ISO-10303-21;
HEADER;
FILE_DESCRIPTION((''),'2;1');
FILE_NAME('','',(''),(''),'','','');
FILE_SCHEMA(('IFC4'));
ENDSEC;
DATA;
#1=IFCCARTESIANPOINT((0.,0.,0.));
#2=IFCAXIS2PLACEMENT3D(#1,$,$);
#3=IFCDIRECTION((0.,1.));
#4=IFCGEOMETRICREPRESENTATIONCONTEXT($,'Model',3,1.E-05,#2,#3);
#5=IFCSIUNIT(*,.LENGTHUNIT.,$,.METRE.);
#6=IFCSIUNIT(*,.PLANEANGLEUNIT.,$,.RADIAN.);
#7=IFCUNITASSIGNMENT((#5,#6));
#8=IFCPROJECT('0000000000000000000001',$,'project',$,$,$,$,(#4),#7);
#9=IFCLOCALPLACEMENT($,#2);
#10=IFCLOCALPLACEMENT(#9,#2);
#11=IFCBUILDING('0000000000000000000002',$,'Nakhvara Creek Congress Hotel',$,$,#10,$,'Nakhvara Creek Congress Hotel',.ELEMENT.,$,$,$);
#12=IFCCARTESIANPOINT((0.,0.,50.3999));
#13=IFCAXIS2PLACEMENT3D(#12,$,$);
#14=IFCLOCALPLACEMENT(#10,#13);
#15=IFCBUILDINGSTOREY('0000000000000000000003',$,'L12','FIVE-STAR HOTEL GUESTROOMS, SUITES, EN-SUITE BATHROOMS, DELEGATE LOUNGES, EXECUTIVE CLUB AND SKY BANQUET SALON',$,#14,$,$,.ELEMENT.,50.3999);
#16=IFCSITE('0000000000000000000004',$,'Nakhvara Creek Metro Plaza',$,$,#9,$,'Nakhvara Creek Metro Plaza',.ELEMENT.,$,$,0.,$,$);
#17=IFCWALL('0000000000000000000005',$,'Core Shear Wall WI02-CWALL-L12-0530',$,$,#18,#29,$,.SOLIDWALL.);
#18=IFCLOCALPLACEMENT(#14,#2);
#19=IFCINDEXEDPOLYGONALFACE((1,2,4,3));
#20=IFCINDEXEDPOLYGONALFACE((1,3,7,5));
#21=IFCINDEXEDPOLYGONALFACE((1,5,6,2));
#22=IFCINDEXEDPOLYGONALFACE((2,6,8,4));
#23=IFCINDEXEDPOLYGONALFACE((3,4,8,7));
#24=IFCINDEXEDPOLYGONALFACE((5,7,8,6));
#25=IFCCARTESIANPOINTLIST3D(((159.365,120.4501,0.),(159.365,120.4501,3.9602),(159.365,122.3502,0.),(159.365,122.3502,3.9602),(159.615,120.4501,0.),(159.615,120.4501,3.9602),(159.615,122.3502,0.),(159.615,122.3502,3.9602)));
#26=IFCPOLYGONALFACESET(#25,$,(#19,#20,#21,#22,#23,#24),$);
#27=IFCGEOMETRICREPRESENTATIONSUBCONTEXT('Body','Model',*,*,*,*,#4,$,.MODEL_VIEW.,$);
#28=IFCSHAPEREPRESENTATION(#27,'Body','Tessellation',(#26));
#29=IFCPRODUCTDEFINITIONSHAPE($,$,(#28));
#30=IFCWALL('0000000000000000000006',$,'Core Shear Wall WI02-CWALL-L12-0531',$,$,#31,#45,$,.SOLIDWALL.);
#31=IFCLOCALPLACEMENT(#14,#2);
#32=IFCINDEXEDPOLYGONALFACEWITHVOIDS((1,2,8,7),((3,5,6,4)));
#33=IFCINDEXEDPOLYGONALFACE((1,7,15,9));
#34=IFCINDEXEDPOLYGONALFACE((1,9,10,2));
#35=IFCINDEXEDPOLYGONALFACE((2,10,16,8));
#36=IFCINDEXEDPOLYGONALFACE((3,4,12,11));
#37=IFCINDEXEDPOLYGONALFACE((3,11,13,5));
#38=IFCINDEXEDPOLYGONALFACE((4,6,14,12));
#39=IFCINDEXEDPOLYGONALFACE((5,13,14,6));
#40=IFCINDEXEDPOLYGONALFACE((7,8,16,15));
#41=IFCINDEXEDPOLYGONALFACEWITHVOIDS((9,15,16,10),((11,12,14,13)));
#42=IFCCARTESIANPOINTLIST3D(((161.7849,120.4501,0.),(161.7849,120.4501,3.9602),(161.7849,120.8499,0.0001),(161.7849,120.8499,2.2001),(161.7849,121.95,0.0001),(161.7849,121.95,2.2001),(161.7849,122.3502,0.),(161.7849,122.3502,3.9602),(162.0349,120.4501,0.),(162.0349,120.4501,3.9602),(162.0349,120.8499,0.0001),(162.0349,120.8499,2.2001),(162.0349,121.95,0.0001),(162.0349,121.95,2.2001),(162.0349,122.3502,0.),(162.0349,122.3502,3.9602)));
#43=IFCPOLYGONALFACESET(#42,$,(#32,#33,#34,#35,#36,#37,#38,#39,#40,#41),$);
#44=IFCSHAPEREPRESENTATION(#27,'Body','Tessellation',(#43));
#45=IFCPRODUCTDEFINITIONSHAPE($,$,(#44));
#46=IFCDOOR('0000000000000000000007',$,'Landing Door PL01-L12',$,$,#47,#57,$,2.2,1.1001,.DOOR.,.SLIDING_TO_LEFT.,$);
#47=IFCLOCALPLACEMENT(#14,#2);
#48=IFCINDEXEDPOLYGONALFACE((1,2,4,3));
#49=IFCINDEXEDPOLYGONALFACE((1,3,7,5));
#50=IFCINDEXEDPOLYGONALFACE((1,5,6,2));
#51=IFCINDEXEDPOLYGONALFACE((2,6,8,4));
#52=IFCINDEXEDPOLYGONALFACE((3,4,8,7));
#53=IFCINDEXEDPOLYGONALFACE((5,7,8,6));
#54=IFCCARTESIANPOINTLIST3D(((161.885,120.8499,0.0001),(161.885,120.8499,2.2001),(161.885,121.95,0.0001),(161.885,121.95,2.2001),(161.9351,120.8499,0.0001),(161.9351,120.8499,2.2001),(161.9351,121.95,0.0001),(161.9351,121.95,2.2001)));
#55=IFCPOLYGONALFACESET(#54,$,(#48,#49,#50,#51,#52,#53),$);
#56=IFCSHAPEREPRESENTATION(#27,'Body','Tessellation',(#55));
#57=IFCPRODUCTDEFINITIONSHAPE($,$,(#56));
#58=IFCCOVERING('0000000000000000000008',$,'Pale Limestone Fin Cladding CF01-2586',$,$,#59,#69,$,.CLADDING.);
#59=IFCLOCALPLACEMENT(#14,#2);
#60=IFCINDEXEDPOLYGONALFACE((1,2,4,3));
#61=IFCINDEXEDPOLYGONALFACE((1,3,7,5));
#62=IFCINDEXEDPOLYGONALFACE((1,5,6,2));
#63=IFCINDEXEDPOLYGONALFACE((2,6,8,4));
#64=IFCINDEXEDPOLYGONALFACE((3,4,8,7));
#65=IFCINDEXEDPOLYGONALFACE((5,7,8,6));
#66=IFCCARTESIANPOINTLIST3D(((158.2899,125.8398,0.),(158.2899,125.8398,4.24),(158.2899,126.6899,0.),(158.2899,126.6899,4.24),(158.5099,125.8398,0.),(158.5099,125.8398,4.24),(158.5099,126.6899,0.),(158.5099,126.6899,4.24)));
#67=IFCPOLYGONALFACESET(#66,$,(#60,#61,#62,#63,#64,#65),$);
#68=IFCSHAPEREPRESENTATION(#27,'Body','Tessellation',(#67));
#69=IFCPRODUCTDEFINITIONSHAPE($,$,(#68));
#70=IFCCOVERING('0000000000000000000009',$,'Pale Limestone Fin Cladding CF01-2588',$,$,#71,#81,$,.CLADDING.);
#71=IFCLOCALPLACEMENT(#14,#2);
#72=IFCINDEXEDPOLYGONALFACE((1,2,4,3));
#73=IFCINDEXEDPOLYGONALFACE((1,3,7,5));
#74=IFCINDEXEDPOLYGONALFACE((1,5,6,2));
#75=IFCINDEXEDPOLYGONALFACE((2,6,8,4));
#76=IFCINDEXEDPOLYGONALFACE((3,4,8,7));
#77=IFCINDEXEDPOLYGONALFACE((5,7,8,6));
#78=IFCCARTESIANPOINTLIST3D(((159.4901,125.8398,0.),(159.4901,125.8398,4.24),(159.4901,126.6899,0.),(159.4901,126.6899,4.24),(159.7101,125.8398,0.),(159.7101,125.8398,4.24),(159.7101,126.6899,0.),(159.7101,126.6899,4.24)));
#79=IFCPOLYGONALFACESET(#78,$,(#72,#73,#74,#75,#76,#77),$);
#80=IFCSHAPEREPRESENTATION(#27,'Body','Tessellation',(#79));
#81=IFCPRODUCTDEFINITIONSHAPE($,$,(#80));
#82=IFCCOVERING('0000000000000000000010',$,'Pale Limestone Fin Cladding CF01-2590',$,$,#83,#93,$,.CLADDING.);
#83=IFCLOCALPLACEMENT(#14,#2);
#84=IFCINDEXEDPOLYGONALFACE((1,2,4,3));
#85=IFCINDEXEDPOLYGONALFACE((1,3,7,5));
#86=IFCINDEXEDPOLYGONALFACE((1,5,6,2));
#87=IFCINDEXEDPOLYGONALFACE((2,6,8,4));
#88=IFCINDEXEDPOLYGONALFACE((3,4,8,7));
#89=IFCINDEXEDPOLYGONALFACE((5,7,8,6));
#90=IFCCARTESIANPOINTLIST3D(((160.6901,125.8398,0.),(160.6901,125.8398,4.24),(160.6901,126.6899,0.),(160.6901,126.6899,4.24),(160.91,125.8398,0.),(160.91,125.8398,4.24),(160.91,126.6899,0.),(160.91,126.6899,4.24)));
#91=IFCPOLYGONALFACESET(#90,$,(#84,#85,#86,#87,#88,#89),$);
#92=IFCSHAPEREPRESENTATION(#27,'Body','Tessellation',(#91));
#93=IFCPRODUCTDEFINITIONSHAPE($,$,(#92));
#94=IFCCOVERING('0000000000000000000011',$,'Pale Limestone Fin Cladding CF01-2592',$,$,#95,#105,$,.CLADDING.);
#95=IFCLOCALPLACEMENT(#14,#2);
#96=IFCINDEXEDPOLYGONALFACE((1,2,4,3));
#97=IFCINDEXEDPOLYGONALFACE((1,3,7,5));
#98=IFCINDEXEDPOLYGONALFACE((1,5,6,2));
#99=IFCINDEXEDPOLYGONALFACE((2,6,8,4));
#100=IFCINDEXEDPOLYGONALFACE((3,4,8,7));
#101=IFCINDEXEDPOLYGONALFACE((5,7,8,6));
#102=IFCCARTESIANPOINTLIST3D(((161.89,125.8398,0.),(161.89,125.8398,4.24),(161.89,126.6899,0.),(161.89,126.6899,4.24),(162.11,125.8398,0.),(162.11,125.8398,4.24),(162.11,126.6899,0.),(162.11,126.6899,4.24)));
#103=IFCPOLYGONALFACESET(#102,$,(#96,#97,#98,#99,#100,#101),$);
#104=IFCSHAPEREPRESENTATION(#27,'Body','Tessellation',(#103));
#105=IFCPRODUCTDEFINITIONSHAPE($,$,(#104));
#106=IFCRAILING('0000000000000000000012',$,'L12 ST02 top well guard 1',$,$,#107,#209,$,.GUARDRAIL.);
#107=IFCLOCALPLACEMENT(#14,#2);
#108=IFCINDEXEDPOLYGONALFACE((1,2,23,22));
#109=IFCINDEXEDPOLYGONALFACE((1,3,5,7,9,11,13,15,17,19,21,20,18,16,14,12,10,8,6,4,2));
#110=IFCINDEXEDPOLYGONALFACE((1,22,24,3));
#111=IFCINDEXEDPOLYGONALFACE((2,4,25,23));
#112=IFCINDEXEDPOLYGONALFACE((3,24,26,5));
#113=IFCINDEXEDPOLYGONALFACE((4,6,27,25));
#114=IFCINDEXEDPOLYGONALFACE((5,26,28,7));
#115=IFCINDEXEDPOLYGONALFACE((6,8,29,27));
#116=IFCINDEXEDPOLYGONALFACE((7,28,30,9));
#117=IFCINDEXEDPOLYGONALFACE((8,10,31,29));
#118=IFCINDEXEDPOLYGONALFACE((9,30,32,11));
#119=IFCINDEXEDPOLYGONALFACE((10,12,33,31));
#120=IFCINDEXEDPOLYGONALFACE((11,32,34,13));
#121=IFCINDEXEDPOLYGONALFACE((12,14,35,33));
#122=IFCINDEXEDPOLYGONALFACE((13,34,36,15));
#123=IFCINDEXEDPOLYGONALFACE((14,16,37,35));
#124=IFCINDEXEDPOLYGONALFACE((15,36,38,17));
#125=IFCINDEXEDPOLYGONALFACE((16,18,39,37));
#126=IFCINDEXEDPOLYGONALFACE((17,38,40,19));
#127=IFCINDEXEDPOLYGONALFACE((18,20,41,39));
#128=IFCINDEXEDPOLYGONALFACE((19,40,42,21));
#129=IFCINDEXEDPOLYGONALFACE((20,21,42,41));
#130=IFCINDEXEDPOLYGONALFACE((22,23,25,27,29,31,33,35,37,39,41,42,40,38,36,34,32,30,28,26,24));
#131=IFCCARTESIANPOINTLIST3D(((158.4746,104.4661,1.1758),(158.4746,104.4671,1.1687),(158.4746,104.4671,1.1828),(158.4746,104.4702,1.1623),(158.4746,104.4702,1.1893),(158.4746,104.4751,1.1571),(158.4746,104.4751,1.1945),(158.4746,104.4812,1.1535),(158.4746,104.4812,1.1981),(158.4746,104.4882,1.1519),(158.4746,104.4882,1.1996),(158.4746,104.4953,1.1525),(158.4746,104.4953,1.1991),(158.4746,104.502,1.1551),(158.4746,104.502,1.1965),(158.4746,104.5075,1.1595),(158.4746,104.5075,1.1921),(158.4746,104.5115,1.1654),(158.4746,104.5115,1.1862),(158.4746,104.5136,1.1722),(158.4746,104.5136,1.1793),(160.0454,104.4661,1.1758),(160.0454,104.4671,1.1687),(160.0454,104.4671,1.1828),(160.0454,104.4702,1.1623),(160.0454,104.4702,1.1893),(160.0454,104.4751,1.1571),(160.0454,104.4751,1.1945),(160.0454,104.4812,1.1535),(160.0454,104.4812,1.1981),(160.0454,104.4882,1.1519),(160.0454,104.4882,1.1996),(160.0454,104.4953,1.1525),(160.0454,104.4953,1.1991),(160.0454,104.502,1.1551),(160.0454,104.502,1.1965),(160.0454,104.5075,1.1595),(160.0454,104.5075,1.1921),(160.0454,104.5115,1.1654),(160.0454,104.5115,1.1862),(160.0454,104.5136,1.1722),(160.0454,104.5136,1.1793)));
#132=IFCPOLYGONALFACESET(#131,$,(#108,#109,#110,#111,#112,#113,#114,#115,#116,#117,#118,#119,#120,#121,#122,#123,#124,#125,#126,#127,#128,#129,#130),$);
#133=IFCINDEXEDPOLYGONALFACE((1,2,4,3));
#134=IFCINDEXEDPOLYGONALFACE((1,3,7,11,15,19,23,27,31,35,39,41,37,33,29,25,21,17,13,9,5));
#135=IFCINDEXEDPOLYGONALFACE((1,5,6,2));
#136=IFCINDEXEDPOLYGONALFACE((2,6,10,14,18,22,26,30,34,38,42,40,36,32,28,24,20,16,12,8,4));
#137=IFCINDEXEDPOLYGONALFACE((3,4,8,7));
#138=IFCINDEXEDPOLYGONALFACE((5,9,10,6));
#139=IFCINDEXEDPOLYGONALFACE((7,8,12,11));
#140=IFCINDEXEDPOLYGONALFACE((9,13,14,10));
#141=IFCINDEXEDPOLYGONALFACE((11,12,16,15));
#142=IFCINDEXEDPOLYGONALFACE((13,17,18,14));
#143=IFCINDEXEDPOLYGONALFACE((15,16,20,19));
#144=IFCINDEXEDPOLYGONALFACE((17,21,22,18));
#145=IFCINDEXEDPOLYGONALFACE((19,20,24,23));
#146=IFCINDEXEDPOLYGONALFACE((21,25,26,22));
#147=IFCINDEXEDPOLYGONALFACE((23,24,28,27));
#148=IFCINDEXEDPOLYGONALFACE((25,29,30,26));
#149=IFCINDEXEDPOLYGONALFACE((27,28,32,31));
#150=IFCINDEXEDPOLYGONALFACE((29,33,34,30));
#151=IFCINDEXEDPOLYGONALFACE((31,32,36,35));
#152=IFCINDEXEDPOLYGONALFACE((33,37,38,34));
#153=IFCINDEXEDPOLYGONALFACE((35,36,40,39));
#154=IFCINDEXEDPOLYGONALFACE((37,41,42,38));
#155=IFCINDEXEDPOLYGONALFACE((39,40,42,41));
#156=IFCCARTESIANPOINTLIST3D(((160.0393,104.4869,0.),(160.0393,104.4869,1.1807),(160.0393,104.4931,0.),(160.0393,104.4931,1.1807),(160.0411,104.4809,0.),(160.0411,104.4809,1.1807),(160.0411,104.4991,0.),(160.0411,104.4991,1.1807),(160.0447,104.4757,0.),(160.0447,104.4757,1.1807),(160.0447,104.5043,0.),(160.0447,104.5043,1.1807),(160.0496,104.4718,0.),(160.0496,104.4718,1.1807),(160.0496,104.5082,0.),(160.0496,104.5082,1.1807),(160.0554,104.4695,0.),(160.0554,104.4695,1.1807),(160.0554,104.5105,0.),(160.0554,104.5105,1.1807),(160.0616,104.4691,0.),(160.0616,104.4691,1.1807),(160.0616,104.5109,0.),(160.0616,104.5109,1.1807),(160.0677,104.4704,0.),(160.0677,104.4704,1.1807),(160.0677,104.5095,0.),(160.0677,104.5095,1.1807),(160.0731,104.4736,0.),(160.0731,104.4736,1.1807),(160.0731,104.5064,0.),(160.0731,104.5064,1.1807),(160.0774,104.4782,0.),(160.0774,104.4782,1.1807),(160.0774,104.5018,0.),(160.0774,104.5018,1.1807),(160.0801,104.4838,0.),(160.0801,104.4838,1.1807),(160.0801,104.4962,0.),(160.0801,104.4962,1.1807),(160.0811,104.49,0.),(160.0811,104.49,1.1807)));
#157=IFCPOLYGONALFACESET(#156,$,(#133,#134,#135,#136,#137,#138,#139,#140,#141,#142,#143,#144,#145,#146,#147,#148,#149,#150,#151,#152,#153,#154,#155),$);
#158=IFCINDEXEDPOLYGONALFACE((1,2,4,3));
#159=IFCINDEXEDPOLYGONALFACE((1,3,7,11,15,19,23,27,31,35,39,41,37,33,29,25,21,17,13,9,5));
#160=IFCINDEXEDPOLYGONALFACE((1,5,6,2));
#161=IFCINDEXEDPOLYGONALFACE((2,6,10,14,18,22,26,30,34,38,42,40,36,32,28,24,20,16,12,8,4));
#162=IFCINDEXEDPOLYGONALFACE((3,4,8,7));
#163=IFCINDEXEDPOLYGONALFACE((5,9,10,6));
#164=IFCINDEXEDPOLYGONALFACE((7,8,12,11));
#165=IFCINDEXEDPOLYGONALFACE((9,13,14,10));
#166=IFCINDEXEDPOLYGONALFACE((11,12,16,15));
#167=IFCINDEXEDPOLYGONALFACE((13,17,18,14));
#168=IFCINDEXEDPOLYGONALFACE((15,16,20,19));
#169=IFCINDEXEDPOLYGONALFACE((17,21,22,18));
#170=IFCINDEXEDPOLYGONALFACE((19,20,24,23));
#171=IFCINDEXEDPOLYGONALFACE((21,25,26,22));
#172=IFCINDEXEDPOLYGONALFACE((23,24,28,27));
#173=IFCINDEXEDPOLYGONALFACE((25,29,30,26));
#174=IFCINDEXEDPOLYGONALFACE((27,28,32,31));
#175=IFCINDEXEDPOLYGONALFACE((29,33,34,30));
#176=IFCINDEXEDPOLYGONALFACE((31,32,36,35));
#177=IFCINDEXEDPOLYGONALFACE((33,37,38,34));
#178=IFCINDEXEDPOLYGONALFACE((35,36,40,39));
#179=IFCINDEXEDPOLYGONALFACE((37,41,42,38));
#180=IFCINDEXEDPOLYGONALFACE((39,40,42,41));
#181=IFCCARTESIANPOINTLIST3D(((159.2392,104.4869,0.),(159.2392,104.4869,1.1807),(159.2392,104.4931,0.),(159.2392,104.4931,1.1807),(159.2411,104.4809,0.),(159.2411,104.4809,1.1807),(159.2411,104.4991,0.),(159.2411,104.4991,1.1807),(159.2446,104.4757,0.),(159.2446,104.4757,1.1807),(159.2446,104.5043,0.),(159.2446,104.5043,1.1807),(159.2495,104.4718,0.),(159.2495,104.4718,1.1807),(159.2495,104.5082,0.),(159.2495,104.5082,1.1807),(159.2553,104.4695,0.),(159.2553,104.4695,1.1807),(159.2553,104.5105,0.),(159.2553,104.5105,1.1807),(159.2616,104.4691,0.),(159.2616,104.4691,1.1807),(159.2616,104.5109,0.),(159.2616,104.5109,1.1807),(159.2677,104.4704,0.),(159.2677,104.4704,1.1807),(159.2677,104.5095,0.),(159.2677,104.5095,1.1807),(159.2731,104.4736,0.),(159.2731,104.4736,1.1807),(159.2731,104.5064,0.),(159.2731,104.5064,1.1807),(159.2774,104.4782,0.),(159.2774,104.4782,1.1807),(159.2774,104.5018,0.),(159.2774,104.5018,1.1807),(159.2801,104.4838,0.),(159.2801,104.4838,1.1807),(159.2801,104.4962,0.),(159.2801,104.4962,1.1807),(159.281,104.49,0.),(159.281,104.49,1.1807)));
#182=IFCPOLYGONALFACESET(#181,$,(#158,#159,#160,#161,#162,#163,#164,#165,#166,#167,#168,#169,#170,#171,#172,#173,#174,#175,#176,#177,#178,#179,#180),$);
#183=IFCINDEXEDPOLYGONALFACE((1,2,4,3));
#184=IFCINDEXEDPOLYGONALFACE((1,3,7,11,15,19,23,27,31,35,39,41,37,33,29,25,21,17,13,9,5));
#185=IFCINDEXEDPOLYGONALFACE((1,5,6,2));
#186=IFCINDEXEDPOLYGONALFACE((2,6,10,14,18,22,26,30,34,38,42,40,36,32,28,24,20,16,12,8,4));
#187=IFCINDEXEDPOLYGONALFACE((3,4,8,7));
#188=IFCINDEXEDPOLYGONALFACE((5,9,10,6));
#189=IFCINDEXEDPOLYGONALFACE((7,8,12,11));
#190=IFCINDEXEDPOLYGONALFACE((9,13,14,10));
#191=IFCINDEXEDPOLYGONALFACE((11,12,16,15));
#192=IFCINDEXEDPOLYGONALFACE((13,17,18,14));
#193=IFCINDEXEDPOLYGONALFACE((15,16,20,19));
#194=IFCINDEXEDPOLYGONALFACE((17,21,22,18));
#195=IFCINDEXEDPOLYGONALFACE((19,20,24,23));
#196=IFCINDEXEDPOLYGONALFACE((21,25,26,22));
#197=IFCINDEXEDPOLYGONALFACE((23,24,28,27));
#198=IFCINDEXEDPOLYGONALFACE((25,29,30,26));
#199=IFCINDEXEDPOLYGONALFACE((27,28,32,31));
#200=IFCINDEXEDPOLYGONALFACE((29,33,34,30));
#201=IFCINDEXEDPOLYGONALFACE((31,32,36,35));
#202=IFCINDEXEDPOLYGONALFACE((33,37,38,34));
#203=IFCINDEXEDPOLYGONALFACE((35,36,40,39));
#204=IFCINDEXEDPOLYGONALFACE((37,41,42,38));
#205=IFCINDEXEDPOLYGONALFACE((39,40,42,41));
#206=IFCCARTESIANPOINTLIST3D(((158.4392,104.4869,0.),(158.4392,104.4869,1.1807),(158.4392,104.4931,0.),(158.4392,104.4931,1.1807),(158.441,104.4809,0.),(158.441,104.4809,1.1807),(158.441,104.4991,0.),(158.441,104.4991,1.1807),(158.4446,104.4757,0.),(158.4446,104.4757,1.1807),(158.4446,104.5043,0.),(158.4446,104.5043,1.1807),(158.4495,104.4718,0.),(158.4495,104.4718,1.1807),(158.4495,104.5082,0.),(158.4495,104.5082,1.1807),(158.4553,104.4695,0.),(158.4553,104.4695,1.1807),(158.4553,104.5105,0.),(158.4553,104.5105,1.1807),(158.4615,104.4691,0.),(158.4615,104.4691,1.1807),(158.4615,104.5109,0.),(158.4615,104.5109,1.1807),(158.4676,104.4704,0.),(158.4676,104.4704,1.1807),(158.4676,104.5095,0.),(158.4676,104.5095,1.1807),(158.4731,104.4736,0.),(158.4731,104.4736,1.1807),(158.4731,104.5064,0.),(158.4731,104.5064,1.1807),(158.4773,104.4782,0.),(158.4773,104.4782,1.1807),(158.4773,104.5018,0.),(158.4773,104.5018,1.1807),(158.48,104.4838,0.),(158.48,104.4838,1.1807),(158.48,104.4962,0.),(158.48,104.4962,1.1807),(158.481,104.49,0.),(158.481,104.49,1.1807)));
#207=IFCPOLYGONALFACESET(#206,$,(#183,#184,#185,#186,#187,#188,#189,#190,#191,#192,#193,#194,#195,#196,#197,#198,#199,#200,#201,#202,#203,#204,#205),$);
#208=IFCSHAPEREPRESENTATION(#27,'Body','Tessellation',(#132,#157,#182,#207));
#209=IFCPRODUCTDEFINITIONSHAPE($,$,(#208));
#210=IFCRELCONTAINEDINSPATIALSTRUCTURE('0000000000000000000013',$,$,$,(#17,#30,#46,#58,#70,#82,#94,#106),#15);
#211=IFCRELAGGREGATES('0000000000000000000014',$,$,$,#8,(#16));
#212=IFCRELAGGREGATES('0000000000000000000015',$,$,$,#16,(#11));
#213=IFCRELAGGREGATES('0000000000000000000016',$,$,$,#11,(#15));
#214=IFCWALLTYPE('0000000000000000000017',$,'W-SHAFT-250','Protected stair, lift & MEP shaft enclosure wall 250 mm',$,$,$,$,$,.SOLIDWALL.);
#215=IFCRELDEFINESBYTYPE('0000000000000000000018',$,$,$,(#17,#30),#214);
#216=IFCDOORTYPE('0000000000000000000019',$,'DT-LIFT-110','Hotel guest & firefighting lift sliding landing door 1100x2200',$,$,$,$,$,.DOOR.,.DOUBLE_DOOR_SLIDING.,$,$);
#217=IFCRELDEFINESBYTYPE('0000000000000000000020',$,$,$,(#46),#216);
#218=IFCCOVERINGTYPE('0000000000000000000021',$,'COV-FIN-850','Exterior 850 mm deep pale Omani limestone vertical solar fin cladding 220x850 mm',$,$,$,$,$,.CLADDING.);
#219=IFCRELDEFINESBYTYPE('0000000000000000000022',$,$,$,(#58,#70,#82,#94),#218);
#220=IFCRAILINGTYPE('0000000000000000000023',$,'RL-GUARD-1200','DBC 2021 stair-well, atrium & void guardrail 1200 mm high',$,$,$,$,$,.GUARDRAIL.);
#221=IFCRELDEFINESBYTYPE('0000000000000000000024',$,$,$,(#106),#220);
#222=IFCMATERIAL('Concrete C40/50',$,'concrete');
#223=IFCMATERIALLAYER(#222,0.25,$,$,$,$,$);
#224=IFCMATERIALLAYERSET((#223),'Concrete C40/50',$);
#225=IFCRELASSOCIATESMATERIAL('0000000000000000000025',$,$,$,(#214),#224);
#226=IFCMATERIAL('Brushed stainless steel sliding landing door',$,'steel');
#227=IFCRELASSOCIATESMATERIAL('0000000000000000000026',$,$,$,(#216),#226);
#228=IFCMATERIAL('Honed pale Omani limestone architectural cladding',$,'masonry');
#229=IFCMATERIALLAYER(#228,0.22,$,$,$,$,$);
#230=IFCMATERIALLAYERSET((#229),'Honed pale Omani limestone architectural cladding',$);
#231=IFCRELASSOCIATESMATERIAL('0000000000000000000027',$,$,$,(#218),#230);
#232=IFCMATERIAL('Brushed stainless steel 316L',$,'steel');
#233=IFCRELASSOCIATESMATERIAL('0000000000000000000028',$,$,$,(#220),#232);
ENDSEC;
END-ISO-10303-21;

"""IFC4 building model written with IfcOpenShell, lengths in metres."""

from ifc_helpers import new_model, si_unit, direction, frame, frame_2d, origin, origin_2d, place, context, subcontext, project, spatial, rectangle, circle, extrude, material, layer, layer_set, type_object, element, fill, save


model = new_model("IFC4")

# Units and contexts
model_context = context("Model", 3, precision=1e-05, world=origin(), true_north=direction((0.0, 1.0)))
body_context = subcontext(model_context, "Body", "Model", "MODEL_VIEW")
ifc_project = project(units=[si_unit("LENGTHUNIT", "METRE"), si_unit("PLANEANGLEUNIT", "RADIAN")], contexts=[model_context])

# Site, building, storey
site_placement = place(None, origin())
site = spatial("IfcSite", under=ifc_project, at=site_placement, Name="Nakhvara Creek Metro Plaza", LongName="Nakhvara Creek Metro Plaza", CompositionType="ELEMENT", RefElevation=0.0)
building_placement = place(site_placement, origin())
building = spatial("IfcBuilding", under=site, at=building_placement, Name="Nakhvara Creek Congress Hotel", LongName="Nakhvara Creek Congress Hotel", CompositionType="ELEMENT")
storey_placement = place(building_placement, frame((0.0, 0.0, 50.3999)))
storey = spatial("IfcBuildingStorey", under=building, at=storey_placement, Name="L12", Description="FIVE-STAR HOTEL GUESTROOMS, SUITES, EN-SUITE BATHROOMS, DELEGATE LOUNGES, EXECUTIVE CLUB AND SKY BANQUET SALON", CompositionType="ELEMENT", Elevation=50.3999)

# Shared definitions
ifc_material_1 = material(Name="Concrete C40/50", Category="concrete")

# Wall
ifc_layer_1 = layer(ifc_material_1, 0.25)
ifc_layer_set_1 = layer_set([ifc_layer_1], Name="Concrete C40/50")
wall_type_1 = type_object("IfcWallType", Name="W-SHAFT-250", Description="Protected stair, lift & MEP shaft enclosure wall 250 mm", PredefinedType="SOLIDWALL", material=ifc_layer_set_1)
wall_1_placement = place(storey_placement, frame((159.49, 120.45, 0.0), z_axis=(0.0, 0.0, 1.0), x_axis=(0.0, 1.0, 0.0)))
element("IfcWall", 1, at=wall_1_placement, inside=storey, type_object=wall_type_1, Name="Core Shear Wall WI02-CWALL-L12-0530", PredefinedType="SOLIDWALL", context=body_context, shape_type="SweptSolid", body=[
    extrude(rectangle(XDim=1.9001, YDim=0.25, at=frame_2d((0.9502, 0.0))), origin(), (0.0, 0.0, 1.0), 3.9602),
])

# Wall, opening, door
wall_2_placement = place(storey_placement, frame((161.9099, 120.45, 0.0), z_axis=(0.0, 0.0, 1.0), x_axis=(0.0, 1.0, 0.0)))
wall_2 = element("IfcWall", 2, at=wall_2_placement, inside=storey, type_object=wall_type_1, Name="Core Shear Wall WI02-CWALL-L12-0531", PredefinedType="SOLIDWALL", context=body_context, shape_type="SweptSolid", body=[
    extrude(rectangle(XDim=1.9001, YDim=0.25, at=frame_2d((0.9502, 0.0))), origin(), (0.0, 0.0, 1.0), 3.9602),
])
opening_1_placement = place(wall_2_placement, frame((0.3999, 0.0, 0.0)))
opening_1 = element("IfcOpeningElement", 3, at=opening_1_placement, cuts=wall_2, PredefinedType="OPENING", context=body_context, shape_type="SweptSolid", body=[
    extrude(rectangle(XDim=1.1001, YDim=2.2, at=frame_2d((0.55, 1.1001))), frame((0.0, 0.137, 0.0), z_axis=(0.0, -1.0, 0.0), x_axis=(1.0, 0.0, 0.0)), (0.0, 0.0, 1.0), 0.2739),
])
ifc_material_2 = material(Name="Brushed stainless steel sliding landing door", Category="steel")
door_type_1 = type_object("IfcDoorType", Name="DT-LIFT-110", Description="Hotel guest & firefighting lift sliding landing door 1100x2200", OperationType="DOUBLE_DOOR_SLIDING", PredefinedType="DOOR", material=ifc_material_2)
door_1_placement = place(opening_1_placement, origin())
door_1 = element("IfcDoor", 4, at=door_1_placement, inside=storey, type_object=door_type_1, Name="Landing Door PL01-L12", OperationType="SLIDING_TO_LEFT", OverallHeight=2.2, OverallWidth=1.1001, PredefinedType="DOOR", context=body_context, shape_type="SweptSolid", body=[
    extrude(rectangle(XDim=1.1001, YDim=2.2, at=frame_2d((0.55, 1.1001))), frame((0.0, 0.0249, 0.0), z_axis=(0.0, -1.0, 0.0), x_axis=(1.0, 0.0, 0.0)), (0.0, 0.0, 1.0), 0.05),
])
fill(opening_1, door_1)

# Coverings
ifc_material_3 = material(Name="Honed pale Omani limestone architectural cladding", Category="masonry")
ifc_layer_2 = layer(ifc_material_3, 0.22)
ifc_layer_set_2 = layer_set([ifc_layer_2], Name="Honed pale Omani limestone architectural cladding")
covering_type = type_object("IfcCoveringType", Name="COV-FIN-850", Description="Exterior 850 mm deep pale Omani limestone vertical solar fin cladding 220x850 mm", PredefinedType="CLADDING", material=ifc_layer_set_2)
for number, where, z_axis, x_axis, name in (
    (5, (158.3999, 126.2649, 0.0), (0.0, 0.0, 1.0), (1.0, 0.0, 0.0), "Pale Limestone Fin Cladding CF01-2586"),
    (6, (159.6001, 126.2649, 0.0), (0.0, 0.0, 1.0), (1.0, 0.0, 0.0), "Pale Limestone Fin Cladding CF01-2588"),
    (7, (160.8, 126.2649, 0.0), (0.0, 0.0, 1.0), (1.0, 0.0, 0.0), "Pale Limestone Fin Cladding CF01-2590"),
    (8, (162.0, 126.2649, 0.0), (0.0, 0.0, 1.0), (1.0, 0.0, 0.0), "Pale Limestone Fin Cladding CF01-2592"),
):
    element("IfcCovering", number, at=place(storey_placement, frame(where, z_axis=z_axis, x_axis=x_axis)), inside=storey, type_object=covering_type, Name=name, PredefinedType="CLADDING", context=body_context, shape_type="SweptSolid", body=[
        extrude(rectangle(XDim=0.22, YDim=0.8501, at=origin_2d()), origin(), (0.0, 0.0, 1.0), 4.24),
    ])

# Railing
ifc_material_4 = material(Name="Brushed stainless steel 316L", Category="steel")
railing_type = type_object("IfcRailingType", Name="RL-GUARD-1200", Description="DBC 2021 stair-well, atrium & void guardrail 1200 mm high", PredefinedType="GUARDRAIL", material=ifc_material_4)
railing_placement = place(storey_placement, frame((160.0601, 104.49, 0.0)))
element("IfcRailing", 9, at=railing_placement, inside=storey, type_object=railing_type, Name="L12 ST02 top well guard 1", PredefinedType="GUARDRAIL", context=body_context, shape_type="SweptSolid", body=[
    extrude(circle(Radius=0.0239, at=origin_2d()), frame((-0.0146, 0.0, 1.1758), z_axis=(-1.0, 0.0, 0.0), x_axis=(0.0, -1.0, 0.0)), (0.0, 0.0, 1.0), 1.5708),
    extrude(circle(Radius=0.021, at=origin_2d()), origin(), (0.0, 0.0, 1.0), 1.1807),
    extrude(circle(Radius=0.021, at=origin_2d()), frame((-0.8, 0.0, 0.0)), (0.0, 0.0, 1.0), 1.1807),
    extrude(circle(Radius=0.021, at=origin_2d()), frame((-1.6001, 0.0, 0.0)), (0.0, 0.0, 1.0), 1.1807),
])

save(model, "model.ifc")
